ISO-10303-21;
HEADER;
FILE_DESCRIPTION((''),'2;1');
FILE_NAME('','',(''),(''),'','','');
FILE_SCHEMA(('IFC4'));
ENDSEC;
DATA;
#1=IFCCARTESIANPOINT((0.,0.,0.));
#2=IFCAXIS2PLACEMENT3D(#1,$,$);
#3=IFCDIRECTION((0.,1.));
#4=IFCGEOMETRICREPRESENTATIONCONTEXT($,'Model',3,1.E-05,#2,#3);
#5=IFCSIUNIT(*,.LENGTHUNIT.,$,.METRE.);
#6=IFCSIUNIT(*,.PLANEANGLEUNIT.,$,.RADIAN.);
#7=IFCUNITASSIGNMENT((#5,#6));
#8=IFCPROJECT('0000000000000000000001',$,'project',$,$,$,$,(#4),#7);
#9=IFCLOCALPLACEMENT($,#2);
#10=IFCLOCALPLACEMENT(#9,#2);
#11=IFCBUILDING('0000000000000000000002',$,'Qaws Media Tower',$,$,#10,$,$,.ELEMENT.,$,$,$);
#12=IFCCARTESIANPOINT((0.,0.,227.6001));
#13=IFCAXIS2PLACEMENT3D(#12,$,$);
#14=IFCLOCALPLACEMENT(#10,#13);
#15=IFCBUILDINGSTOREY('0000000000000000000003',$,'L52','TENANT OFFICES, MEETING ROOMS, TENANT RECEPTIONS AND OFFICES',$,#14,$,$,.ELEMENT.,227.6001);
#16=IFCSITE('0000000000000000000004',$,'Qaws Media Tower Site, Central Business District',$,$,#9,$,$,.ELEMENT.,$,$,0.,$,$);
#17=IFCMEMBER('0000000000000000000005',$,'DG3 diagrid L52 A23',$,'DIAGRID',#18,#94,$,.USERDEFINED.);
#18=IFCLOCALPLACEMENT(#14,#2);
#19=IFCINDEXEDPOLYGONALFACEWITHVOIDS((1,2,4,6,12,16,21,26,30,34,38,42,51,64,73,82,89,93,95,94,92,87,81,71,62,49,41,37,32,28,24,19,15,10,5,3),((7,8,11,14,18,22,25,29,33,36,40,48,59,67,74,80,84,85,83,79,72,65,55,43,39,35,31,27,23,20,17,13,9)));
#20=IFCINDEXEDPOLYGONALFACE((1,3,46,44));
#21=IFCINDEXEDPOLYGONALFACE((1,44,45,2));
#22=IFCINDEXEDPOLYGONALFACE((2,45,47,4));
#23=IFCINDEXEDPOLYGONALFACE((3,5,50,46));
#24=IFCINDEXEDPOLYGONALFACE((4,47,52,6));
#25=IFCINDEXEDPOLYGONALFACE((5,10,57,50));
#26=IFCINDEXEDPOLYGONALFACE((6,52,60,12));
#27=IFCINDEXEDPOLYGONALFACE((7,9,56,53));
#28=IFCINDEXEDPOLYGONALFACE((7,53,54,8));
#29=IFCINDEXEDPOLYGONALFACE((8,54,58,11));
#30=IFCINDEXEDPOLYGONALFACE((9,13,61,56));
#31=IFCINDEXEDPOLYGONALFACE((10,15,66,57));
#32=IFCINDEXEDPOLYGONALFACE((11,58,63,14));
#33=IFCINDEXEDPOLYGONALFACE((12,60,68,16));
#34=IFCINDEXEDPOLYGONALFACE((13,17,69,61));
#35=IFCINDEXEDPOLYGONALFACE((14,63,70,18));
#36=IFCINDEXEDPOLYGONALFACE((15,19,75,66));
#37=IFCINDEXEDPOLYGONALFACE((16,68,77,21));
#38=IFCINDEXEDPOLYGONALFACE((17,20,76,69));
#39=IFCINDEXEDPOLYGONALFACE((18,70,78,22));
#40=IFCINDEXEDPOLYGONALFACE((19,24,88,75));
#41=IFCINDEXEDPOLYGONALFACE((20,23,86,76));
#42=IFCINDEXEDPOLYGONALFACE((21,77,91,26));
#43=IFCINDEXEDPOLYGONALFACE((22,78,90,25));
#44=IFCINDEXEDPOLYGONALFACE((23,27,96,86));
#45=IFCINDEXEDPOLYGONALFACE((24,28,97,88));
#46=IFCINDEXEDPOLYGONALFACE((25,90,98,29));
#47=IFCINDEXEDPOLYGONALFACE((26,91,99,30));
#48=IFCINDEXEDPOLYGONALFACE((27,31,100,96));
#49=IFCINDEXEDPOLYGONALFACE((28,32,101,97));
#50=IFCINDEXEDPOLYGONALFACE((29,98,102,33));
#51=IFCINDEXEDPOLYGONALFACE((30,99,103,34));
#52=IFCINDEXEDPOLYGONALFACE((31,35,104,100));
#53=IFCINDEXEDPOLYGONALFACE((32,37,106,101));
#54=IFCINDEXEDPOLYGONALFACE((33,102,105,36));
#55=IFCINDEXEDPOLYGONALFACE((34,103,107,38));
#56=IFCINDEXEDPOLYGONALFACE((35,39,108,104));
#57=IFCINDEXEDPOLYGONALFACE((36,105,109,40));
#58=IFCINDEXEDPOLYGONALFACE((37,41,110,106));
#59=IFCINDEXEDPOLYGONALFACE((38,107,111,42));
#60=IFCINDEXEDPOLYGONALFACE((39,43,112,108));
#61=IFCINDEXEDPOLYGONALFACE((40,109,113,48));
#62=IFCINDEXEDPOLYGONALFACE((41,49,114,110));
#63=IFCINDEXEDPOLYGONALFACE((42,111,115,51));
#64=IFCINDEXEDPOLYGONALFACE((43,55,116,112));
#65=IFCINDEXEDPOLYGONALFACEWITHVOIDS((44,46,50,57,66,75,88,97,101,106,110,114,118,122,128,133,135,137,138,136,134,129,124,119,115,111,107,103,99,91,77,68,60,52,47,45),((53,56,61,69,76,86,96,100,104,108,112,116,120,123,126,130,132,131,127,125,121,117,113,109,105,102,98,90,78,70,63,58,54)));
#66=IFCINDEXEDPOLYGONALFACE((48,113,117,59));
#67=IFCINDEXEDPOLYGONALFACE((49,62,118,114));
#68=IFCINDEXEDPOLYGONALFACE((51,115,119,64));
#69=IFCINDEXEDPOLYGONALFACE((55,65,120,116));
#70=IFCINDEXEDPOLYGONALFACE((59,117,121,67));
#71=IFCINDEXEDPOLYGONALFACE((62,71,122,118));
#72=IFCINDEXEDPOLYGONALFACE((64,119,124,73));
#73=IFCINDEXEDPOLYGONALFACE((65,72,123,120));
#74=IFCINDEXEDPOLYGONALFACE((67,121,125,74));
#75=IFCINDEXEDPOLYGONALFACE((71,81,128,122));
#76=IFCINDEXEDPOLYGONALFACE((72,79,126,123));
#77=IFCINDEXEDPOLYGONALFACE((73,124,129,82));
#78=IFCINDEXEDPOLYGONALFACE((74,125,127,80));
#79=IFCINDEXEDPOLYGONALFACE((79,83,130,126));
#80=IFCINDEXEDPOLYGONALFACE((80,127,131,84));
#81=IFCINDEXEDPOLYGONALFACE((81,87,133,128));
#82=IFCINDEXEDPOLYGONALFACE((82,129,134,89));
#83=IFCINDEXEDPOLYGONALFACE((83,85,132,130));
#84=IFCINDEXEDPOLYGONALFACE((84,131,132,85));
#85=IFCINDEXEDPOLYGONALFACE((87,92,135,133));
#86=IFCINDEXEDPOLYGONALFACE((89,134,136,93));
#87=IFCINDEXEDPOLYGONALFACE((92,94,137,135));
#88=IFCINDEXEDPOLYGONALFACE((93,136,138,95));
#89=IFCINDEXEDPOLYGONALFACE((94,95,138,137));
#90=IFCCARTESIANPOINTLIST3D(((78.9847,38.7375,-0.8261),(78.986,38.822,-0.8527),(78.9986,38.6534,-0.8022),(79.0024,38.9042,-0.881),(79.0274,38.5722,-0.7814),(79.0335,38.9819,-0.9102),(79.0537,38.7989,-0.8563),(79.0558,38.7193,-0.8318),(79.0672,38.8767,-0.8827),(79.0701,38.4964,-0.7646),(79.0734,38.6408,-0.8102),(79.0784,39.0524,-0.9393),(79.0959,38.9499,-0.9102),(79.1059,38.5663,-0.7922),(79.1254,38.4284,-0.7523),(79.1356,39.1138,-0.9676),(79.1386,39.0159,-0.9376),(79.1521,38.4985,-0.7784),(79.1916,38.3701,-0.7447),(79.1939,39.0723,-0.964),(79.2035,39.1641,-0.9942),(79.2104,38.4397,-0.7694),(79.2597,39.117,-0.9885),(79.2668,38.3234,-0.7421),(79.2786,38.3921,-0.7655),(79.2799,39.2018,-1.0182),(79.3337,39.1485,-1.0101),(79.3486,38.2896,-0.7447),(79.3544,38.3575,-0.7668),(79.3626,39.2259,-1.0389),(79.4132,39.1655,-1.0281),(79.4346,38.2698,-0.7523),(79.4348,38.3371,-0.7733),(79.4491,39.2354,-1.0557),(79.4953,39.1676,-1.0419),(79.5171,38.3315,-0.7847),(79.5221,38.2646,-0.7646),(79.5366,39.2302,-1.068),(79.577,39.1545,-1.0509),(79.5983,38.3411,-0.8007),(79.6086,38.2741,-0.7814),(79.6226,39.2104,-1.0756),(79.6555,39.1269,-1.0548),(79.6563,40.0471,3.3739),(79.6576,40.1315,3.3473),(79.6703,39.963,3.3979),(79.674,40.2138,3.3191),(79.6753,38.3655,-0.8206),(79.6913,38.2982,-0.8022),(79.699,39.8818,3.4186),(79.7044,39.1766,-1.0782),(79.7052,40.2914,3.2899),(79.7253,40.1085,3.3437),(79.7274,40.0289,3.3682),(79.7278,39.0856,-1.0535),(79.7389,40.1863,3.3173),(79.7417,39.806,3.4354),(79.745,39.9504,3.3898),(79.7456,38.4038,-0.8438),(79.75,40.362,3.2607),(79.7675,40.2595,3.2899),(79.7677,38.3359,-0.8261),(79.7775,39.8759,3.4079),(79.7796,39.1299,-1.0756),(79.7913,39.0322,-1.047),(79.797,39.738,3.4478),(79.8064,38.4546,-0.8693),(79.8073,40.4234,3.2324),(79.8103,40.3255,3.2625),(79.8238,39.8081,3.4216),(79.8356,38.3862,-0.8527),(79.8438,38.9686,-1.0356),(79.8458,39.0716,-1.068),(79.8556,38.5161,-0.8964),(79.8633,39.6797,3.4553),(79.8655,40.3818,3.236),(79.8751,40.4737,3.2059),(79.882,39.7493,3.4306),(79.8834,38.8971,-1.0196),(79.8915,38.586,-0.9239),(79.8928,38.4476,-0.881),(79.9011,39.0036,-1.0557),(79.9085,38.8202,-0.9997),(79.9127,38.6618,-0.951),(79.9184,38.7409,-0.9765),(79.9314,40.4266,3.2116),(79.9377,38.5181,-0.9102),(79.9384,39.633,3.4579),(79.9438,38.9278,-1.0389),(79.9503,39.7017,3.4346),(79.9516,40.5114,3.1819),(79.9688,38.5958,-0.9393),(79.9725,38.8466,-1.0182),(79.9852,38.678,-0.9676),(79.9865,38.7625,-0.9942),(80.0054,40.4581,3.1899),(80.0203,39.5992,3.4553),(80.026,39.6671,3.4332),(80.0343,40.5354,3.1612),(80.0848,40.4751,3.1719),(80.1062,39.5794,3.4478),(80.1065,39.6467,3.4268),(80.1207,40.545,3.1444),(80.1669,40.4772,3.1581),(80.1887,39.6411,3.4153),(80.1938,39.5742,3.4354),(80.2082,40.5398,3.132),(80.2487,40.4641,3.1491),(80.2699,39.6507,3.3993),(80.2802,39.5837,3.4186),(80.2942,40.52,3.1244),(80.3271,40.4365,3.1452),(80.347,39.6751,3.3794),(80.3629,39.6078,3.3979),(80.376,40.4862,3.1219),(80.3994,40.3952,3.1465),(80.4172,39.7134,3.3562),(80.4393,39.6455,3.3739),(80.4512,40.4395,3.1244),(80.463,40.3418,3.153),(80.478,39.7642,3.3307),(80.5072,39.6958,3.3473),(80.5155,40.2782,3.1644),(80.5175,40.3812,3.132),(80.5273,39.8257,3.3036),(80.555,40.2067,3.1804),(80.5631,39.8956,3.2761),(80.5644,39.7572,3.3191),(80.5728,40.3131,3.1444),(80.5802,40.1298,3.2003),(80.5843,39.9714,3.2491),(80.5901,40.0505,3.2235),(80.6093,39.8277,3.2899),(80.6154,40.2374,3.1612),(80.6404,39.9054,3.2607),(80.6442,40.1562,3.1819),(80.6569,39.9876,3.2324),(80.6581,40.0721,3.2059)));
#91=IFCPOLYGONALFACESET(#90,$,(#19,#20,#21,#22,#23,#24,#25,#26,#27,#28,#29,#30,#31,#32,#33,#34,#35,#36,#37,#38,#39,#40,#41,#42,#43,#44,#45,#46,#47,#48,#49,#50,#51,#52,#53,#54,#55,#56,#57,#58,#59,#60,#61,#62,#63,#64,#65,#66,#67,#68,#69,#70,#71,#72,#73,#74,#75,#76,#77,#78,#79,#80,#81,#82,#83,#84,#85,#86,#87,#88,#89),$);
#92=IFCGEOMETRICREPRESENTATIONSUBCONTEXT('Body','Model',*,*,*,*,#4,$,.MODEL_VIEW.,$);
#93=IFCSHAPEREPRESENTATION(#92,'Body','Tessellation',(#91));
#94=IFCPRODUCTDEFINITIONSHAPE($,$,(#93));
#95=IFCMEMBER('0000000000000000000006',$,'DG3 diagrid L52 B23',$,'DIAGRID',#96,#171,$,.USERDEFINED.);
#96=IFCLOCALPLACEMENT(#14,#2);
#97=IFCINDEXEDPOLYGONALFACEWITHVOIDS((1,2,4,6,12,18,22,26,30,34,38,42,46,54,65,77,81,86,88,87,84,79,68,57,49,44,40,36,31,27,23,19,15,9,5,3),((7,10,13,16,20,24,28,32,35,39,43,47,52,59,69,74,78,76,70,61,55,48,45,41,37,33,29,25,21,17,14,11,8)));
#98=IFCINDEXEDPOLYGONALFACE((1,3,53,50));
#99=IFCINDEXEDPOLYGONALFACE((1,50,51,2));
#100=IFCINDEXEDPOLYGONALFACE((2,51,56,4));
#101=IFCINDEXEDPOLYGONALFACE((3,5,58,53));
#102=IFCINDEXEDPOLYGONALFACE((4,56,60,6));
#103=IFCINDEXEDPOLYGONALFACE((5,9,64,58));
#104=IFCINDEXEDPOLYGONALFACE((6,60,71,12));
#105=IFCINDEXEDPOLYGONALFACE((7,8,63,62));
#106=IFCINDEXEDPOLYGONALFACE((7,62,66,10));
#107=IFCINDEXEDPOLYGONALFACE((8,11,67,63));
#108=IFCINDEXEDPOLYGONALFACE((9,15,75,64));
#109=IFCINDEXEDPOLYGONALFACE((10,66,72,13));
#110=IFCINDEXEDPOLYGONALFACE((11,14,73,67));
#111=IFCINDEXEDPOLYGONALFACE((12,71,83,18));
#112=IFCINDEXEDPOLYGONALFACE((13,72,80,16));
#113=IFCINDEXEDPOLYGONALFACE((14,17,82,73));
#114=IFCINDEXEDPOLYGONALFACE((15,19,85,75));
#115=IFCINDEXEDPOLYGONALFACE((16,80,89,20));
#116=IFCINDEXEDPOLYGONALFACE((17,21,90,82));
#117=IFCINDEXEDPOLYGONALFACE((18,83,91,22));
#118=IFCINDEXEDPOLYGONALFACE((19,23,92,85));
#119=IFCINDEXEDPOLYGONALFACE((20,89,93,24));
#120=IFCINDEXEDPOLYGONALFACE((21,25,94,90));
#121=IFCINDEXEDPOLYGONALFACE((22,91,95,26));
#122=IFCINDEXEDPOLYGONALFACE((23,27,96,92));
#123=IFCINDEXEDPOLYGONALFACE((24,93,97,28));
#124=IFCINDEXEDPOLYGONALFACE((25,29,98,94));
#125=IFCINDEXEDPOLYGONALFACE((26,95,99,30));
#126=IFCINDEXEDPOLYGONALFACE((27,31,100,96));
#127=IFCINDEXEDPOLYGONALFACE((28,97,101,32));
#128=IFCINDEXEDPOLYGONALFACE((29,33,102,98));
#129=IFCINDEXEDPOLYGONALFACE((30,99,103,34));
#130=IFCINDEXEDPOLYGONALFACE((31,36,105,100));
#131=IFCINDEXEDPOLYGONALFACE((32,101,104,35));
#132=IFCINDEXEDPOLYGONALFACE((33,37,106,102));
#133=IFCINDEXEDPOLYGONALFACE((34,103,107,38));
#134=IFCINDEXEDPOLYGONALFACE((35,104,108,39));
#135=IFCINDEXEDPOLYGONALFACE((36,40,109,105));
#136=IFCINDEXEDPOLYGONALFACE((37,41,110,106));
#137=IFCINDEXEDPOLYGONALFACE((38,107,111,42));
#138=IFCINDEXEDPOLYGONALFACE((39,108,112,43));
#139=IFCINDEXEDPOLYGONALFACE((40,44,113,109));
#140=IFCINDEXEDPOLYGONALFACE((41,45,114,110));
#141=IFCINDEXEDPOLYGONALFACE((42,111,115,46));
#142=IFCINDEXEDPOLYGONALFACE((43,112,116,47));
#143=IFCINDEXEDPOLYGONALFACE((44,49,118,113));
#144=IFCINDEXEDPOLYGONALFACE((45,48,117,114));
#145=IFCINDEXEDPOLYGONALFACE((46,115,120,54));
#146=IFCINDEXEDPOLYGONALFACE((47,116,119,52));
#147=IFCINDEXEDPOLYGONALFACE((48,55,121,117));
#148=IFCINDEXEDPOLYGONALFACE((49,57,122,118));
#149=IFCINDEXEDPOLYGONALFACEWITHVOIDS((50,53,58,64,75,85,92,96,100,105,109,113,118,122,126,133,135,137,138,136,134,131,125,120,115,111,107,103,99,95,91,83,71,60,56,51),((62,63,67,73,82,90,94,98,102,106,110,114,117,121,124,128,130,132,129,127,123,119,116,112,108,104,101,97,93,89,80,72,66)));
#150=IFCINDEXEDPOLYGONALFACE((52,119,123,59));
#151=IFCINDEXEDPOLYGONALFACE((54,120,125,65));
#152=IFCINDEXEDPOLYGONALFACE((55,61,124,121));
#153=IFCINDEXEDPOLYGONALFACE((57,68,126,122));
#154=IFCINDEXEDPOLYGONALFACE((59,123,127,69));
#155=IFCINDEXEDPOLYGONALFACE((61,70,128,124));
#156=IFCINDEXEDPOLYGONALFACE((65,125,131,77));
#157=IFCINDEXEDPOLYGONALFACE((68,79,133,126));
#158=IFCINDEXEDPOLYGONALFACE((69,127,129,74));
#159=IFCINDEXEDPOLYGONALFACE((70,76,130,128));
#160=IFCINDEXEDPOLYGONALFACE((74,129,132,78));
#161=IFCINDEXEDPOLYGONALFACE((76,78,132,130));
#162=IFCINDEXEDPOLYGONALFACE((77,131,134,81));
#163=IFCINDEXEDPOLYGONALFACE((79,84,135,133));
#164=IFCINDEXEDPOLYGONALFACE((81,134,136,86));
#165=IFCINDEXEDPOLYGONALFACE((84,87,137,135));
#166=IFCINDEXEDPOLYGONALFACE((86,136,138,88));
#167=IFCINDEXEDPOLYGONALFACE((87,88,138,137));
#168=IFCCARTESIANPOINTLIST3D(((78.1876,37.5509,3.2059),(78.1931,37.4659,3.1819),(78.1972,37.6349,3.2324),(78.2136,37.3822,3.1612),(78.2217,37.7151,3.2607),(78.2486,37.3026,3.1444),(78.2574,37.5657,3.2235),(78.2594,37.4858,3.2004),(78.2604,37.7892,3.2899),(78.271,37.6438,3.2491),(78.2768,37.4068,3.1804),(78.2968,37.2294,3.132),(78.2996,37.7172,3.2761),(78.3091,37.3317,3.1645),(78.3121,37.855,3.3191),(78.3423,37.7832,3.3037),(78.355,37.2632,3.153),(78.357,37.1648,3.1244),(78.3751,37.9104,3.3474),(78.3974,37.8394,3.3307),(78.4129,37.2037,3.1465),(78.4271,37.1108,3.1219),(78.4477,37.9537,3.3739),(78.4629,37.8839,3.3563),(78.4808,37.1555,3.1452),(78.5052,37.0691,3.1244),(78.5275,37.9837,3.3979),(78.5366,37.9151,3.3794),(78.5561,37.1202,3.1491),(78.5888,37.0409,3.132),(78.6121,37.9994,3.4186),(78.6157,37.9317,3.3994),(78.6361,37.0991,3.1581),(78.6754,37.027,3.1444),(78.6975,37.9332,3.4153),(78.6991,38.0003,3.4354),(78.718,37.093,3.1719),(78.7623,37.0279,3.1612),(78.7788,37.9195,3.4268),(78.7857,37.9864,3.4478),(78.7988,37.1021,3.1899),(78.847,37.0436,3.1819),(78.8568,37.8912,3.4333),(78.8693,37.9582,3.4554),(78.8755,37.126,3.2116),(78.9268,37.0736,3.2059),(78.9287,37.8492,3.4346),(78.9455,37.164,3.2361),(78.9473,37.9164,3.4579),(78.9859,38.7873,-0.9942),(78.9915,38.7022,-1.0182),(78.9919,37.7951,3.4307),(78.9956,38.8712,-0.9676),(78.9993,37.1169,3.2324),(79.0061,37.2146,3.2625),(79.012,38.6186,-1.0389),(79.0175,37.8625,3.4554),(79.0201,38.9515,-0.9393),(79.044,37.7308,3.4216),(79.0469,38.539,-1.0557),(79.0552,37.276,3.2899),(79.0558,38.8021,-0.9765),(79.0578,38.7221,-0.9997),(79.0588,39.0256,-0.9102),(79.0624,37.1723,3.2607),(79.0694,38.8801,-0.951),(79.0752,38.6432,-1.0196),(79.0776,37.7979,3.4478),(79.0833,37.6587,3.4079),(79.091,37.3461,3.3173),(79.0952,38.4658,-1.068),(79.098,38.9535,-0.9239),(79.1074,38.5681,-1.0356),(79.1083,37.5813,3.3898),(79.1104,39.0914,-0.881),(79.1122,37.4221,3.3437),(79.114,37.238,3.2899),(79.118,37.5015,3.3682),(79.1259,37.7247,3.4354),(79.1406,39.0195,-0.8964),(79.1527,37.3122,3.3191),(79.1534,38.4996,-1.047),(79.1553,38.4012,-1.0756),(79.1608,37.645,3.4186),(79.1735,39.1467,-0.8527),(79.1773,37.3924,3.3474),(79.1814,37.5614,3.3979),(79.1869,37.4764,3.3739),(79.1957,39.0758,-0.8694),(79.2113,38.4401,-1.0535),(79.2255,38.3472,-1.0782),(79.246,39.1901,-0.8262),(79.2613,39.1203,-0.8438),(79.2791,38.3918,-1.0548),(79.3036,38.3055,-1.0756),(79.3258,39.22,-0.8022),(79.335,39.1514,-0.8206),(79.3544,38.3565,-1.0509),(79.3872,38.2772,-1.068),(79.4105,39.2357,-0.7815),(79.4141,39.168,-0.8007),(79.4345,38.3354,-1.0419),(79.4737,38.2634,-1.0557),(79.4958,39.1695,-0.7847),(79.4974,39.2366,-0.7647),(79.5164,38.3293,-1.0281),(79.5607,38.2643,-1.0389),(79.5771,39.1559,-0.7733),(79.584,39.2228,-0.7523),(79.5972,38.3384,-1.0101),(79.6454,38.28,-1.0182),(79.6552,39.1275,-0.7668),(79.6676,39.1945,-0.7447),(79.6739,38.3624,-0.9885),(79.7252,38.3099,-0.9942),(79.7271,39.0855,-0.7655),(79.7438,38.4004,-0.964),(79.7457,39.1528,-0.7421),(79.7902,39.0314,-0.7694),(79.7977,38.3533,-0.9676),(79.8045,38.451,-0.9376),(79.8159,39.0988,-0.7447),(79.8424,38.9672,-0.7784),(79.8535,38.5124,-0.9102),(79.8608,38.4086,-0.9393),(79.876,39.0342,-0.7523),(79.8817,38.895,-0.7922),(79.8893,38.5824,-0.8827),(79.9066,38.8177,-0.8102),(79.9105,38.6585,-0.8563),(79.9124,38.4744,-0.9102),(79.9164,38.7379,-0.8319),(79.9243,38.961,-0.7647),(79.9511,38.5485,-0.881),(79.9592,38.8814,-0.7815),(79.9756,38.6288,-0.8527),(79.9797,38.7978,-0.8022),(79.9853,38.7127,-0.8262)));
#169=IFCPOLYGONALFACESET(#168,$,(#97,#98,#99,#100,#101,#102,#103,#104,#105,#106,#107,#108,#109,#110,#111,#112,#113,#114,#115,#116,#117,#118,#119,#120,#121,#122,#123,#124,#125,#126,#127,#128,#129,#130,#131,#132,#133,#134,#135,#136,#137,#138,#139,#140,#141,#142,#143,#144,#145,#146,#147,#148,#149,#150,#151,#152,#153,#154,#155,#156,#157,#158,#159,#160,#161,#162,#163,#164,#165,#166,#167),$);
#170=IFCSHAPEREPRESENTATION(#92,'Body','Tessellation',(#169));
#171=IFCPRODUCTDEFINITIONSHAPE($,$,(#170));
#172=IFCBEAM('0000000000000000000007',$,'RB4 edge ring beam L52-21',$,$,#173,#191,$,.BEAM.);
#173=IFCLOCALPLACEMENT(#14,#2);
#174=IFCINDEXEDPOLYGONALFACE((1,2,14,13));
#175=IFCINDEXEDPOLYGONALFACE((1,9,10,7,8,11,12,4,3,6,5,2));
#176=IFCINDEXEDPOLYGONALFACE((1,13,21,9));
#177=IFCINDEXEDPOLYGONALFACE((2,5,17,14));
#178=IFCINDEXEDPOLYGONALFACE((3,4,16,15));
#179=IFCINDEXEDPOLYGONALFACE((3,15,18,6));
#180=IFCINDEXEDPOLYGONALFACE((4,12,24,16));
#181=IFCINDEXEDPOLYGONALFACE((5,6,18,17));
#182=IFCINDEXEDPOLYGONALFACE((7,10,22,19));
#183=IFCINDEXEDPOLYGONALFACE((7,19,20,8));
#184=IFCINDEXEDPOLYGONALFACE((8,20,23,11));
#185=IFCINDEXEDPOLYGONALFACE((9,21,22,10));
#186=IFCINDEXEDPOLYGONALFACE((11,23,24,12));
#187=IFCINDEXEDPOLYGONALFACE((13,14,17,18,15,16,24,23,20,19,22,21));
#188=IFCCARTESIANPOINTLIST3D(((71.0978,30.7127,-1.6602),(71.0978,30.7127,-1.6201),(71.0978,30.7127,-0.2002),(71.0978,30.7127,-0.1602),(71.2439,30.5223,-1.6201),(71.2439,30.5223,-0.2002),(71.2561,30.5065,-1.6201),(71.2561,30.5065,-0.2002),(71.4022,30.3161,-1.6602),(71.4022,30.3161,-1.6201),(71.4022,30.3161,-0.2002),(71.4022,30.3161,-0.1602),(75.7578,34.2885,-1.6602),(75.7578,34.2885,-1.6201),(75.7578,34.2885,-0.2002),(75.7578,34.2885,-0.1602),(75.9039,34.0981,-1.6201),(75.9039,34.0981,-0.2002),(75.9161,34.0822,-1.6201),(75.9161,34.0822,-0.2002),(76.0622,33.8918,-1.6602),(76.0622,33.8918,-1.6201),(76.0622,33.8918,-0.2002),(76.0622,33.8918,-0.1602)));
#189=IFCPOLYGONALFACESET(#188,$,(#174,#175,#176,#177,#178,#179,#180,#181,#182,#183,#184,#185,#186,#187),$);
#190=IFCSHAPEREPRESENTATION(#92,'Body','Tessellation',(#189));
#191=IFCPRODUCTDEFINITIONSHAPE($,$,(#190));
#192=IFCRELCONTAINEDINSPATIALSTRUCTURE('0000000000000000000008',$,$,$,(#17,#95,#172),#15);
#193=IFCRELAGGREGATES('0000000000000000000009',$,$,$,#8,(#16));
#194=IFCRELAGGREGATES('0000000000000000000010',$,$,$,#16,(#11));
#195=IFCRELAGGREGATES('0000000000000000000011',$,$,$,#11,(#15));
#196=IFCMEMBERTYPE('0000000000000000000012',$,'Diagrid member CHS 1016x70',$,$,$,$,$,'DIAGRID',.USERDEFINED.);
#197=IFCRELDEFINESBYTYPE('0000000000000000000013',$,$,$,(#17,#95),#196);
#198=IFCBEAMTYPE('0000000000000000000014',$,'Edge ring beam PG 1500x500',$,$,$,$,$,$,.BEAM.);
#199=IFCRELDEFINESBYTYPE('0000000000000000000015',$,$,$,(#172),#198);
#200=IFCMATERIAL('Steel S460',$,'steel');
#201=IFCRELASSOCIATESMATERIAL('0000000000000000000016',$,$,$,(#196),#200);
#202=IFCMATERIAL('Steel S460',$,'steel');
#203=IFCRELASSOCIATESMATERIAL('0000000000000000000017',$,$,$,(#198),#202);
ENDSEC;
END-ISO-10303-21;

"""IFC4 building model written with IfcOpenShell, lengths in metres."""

from ifc_helpers import new_model, si_unit, direction, frame, origin, origin_2d, place, context, subcontext, project, spatial, hollow_circle, i_section, extrude, material, material_profile, profile_set, type_object, element, save


model = new_model("IFC4")

# Units and contexts
model_context = context("Model", 3, precision=1e-05, world=origin(), true_north=direction((0.0, 1.0)))
body_context = subcontext(model_context, "Body", "Model", "MODEL_VIEW")
ifc_project = project(units=[si_unit("LENGTHUNIT", "METRE"), si_unit("PLANEANGLEUNIT", "RADIAN")], contexts=[model_context])

# Site, building, storey
site_placement = place(None, origin())
site = spatial("IfcSite", under=ifc_project, at=site_placement, Name="Qaws Media Tower Site, Central Business District", CompositionType="ELEMENT", RefElevation=0.0)
building_placement = place(site_placement, origin())
building = spatial("IfcBuilding", under=site, at=building_placement, Name="Qaws Media Tower", CompositionType="ELEMENT")
storey_placement = place(building_placement, frame((0.0, 0.0, 227.6001)))
storey = spatial("IfcBuildingStorey", under=building, at=storey_placement, Name="L52", Description="TENANT OFFICES, MEETING ROOMS, TENANT RECEPTIONS AND OFFICES", CompositionType="ELEMENT", Elevation=227.6001)

# Members
ifc_material_1 = material(Name="Steel S460", Category="steel")
ifc_material_profile_1 = material_profile(ifc_material_1, hollow_circle(Radius=0.5081, WallThickness=0.0701, at=origin_2d()), Name="CHS 1016x70")
ifc_profile_set_1 = profile_set([ifc_material_profile_1], Name="Steel S460")
member_type_1 = type_object("IfcMemberType", Name="Diagrid member CHS 1016x70", ElementType="DIAGRID", PredefinedType="USERDEFINED", material=ifc_profile_set_1)
for number, where, z_axis, x_axis, name in (
    (1, (79.4856, 38.75, -0.9102), (0.150916, 0.294262, 0.943734), (-0.889802, 0.456347, 0.0), "DG3 diagrid L52 A23"),
    (2, (79.4856, 38.75, -0.9102), (-0.179389, -0.277806, 0.943739), (0.840077, -0.542467, 0.0), "DG3 diagrid L52 B23"),
):
    element("IfcMember", number, at=place(storey_placement, frame(where, z_axis=z_axis, x_axis=x_axis)), inside=storey, type_object=member_type_1, Name=name, ObjectType="DIAGRID", PredefinedType="USERDEFINED", context=body_context, shape_type="SweptSolid", body=[
        extrude(hollow_circle(Radius=0.5081, WallThickness=0.0701, at=origin_2d()), origin(), (0.0, 0.0, 1.0), 4.4504),
    ])

# Beam
ifc_material_2 = material(Name="Steel S460", Category="steel")
ifc_material_profile_2 = material_profile(ifc_material_2, i_section(OverallWidth=0.5, OverallDepth=1.5, WebThickness=0.02, FlangeThickness=0.04, at=origin_2d()), Name="PG 1500x500")
ifc_profile_set_2 = profile_set([ifc_material_profile_2], Name="Steel S460")
beam_type = type_object("IfcBeamType", Name="Edge ring beam PG 1500x500", PredefinedType="BEAM", material=ifc_profile_set_2)
for number, where, z_axis, x_axis, name in (
    (3, (71.25, 30.5144, -0.9102), (0.793353, 0.608762, 0.0), (-0.608762, 0.793353, 0.0), "RB4 edge ring beam L52-21"),
):
    element("IfcBeam", number, at=place(storey_placement, frame(where, z_axis=z_axis, x_axis=x_axis)), inside=storey, type_object=beam_type, Name=name, PredefinedType="BEAM", context=body_context, shape_type="SweptSolid", body=[
        extrude(i_section(OverallWidth=0.5, OverallDepth=1.5, WebThickness=0.02, FlangeThickness=0.04, at=origin_2d()), origin(), (0.0, 0.0, 1.0), 5.8738),
    ])

save(model, "model.ifc")
